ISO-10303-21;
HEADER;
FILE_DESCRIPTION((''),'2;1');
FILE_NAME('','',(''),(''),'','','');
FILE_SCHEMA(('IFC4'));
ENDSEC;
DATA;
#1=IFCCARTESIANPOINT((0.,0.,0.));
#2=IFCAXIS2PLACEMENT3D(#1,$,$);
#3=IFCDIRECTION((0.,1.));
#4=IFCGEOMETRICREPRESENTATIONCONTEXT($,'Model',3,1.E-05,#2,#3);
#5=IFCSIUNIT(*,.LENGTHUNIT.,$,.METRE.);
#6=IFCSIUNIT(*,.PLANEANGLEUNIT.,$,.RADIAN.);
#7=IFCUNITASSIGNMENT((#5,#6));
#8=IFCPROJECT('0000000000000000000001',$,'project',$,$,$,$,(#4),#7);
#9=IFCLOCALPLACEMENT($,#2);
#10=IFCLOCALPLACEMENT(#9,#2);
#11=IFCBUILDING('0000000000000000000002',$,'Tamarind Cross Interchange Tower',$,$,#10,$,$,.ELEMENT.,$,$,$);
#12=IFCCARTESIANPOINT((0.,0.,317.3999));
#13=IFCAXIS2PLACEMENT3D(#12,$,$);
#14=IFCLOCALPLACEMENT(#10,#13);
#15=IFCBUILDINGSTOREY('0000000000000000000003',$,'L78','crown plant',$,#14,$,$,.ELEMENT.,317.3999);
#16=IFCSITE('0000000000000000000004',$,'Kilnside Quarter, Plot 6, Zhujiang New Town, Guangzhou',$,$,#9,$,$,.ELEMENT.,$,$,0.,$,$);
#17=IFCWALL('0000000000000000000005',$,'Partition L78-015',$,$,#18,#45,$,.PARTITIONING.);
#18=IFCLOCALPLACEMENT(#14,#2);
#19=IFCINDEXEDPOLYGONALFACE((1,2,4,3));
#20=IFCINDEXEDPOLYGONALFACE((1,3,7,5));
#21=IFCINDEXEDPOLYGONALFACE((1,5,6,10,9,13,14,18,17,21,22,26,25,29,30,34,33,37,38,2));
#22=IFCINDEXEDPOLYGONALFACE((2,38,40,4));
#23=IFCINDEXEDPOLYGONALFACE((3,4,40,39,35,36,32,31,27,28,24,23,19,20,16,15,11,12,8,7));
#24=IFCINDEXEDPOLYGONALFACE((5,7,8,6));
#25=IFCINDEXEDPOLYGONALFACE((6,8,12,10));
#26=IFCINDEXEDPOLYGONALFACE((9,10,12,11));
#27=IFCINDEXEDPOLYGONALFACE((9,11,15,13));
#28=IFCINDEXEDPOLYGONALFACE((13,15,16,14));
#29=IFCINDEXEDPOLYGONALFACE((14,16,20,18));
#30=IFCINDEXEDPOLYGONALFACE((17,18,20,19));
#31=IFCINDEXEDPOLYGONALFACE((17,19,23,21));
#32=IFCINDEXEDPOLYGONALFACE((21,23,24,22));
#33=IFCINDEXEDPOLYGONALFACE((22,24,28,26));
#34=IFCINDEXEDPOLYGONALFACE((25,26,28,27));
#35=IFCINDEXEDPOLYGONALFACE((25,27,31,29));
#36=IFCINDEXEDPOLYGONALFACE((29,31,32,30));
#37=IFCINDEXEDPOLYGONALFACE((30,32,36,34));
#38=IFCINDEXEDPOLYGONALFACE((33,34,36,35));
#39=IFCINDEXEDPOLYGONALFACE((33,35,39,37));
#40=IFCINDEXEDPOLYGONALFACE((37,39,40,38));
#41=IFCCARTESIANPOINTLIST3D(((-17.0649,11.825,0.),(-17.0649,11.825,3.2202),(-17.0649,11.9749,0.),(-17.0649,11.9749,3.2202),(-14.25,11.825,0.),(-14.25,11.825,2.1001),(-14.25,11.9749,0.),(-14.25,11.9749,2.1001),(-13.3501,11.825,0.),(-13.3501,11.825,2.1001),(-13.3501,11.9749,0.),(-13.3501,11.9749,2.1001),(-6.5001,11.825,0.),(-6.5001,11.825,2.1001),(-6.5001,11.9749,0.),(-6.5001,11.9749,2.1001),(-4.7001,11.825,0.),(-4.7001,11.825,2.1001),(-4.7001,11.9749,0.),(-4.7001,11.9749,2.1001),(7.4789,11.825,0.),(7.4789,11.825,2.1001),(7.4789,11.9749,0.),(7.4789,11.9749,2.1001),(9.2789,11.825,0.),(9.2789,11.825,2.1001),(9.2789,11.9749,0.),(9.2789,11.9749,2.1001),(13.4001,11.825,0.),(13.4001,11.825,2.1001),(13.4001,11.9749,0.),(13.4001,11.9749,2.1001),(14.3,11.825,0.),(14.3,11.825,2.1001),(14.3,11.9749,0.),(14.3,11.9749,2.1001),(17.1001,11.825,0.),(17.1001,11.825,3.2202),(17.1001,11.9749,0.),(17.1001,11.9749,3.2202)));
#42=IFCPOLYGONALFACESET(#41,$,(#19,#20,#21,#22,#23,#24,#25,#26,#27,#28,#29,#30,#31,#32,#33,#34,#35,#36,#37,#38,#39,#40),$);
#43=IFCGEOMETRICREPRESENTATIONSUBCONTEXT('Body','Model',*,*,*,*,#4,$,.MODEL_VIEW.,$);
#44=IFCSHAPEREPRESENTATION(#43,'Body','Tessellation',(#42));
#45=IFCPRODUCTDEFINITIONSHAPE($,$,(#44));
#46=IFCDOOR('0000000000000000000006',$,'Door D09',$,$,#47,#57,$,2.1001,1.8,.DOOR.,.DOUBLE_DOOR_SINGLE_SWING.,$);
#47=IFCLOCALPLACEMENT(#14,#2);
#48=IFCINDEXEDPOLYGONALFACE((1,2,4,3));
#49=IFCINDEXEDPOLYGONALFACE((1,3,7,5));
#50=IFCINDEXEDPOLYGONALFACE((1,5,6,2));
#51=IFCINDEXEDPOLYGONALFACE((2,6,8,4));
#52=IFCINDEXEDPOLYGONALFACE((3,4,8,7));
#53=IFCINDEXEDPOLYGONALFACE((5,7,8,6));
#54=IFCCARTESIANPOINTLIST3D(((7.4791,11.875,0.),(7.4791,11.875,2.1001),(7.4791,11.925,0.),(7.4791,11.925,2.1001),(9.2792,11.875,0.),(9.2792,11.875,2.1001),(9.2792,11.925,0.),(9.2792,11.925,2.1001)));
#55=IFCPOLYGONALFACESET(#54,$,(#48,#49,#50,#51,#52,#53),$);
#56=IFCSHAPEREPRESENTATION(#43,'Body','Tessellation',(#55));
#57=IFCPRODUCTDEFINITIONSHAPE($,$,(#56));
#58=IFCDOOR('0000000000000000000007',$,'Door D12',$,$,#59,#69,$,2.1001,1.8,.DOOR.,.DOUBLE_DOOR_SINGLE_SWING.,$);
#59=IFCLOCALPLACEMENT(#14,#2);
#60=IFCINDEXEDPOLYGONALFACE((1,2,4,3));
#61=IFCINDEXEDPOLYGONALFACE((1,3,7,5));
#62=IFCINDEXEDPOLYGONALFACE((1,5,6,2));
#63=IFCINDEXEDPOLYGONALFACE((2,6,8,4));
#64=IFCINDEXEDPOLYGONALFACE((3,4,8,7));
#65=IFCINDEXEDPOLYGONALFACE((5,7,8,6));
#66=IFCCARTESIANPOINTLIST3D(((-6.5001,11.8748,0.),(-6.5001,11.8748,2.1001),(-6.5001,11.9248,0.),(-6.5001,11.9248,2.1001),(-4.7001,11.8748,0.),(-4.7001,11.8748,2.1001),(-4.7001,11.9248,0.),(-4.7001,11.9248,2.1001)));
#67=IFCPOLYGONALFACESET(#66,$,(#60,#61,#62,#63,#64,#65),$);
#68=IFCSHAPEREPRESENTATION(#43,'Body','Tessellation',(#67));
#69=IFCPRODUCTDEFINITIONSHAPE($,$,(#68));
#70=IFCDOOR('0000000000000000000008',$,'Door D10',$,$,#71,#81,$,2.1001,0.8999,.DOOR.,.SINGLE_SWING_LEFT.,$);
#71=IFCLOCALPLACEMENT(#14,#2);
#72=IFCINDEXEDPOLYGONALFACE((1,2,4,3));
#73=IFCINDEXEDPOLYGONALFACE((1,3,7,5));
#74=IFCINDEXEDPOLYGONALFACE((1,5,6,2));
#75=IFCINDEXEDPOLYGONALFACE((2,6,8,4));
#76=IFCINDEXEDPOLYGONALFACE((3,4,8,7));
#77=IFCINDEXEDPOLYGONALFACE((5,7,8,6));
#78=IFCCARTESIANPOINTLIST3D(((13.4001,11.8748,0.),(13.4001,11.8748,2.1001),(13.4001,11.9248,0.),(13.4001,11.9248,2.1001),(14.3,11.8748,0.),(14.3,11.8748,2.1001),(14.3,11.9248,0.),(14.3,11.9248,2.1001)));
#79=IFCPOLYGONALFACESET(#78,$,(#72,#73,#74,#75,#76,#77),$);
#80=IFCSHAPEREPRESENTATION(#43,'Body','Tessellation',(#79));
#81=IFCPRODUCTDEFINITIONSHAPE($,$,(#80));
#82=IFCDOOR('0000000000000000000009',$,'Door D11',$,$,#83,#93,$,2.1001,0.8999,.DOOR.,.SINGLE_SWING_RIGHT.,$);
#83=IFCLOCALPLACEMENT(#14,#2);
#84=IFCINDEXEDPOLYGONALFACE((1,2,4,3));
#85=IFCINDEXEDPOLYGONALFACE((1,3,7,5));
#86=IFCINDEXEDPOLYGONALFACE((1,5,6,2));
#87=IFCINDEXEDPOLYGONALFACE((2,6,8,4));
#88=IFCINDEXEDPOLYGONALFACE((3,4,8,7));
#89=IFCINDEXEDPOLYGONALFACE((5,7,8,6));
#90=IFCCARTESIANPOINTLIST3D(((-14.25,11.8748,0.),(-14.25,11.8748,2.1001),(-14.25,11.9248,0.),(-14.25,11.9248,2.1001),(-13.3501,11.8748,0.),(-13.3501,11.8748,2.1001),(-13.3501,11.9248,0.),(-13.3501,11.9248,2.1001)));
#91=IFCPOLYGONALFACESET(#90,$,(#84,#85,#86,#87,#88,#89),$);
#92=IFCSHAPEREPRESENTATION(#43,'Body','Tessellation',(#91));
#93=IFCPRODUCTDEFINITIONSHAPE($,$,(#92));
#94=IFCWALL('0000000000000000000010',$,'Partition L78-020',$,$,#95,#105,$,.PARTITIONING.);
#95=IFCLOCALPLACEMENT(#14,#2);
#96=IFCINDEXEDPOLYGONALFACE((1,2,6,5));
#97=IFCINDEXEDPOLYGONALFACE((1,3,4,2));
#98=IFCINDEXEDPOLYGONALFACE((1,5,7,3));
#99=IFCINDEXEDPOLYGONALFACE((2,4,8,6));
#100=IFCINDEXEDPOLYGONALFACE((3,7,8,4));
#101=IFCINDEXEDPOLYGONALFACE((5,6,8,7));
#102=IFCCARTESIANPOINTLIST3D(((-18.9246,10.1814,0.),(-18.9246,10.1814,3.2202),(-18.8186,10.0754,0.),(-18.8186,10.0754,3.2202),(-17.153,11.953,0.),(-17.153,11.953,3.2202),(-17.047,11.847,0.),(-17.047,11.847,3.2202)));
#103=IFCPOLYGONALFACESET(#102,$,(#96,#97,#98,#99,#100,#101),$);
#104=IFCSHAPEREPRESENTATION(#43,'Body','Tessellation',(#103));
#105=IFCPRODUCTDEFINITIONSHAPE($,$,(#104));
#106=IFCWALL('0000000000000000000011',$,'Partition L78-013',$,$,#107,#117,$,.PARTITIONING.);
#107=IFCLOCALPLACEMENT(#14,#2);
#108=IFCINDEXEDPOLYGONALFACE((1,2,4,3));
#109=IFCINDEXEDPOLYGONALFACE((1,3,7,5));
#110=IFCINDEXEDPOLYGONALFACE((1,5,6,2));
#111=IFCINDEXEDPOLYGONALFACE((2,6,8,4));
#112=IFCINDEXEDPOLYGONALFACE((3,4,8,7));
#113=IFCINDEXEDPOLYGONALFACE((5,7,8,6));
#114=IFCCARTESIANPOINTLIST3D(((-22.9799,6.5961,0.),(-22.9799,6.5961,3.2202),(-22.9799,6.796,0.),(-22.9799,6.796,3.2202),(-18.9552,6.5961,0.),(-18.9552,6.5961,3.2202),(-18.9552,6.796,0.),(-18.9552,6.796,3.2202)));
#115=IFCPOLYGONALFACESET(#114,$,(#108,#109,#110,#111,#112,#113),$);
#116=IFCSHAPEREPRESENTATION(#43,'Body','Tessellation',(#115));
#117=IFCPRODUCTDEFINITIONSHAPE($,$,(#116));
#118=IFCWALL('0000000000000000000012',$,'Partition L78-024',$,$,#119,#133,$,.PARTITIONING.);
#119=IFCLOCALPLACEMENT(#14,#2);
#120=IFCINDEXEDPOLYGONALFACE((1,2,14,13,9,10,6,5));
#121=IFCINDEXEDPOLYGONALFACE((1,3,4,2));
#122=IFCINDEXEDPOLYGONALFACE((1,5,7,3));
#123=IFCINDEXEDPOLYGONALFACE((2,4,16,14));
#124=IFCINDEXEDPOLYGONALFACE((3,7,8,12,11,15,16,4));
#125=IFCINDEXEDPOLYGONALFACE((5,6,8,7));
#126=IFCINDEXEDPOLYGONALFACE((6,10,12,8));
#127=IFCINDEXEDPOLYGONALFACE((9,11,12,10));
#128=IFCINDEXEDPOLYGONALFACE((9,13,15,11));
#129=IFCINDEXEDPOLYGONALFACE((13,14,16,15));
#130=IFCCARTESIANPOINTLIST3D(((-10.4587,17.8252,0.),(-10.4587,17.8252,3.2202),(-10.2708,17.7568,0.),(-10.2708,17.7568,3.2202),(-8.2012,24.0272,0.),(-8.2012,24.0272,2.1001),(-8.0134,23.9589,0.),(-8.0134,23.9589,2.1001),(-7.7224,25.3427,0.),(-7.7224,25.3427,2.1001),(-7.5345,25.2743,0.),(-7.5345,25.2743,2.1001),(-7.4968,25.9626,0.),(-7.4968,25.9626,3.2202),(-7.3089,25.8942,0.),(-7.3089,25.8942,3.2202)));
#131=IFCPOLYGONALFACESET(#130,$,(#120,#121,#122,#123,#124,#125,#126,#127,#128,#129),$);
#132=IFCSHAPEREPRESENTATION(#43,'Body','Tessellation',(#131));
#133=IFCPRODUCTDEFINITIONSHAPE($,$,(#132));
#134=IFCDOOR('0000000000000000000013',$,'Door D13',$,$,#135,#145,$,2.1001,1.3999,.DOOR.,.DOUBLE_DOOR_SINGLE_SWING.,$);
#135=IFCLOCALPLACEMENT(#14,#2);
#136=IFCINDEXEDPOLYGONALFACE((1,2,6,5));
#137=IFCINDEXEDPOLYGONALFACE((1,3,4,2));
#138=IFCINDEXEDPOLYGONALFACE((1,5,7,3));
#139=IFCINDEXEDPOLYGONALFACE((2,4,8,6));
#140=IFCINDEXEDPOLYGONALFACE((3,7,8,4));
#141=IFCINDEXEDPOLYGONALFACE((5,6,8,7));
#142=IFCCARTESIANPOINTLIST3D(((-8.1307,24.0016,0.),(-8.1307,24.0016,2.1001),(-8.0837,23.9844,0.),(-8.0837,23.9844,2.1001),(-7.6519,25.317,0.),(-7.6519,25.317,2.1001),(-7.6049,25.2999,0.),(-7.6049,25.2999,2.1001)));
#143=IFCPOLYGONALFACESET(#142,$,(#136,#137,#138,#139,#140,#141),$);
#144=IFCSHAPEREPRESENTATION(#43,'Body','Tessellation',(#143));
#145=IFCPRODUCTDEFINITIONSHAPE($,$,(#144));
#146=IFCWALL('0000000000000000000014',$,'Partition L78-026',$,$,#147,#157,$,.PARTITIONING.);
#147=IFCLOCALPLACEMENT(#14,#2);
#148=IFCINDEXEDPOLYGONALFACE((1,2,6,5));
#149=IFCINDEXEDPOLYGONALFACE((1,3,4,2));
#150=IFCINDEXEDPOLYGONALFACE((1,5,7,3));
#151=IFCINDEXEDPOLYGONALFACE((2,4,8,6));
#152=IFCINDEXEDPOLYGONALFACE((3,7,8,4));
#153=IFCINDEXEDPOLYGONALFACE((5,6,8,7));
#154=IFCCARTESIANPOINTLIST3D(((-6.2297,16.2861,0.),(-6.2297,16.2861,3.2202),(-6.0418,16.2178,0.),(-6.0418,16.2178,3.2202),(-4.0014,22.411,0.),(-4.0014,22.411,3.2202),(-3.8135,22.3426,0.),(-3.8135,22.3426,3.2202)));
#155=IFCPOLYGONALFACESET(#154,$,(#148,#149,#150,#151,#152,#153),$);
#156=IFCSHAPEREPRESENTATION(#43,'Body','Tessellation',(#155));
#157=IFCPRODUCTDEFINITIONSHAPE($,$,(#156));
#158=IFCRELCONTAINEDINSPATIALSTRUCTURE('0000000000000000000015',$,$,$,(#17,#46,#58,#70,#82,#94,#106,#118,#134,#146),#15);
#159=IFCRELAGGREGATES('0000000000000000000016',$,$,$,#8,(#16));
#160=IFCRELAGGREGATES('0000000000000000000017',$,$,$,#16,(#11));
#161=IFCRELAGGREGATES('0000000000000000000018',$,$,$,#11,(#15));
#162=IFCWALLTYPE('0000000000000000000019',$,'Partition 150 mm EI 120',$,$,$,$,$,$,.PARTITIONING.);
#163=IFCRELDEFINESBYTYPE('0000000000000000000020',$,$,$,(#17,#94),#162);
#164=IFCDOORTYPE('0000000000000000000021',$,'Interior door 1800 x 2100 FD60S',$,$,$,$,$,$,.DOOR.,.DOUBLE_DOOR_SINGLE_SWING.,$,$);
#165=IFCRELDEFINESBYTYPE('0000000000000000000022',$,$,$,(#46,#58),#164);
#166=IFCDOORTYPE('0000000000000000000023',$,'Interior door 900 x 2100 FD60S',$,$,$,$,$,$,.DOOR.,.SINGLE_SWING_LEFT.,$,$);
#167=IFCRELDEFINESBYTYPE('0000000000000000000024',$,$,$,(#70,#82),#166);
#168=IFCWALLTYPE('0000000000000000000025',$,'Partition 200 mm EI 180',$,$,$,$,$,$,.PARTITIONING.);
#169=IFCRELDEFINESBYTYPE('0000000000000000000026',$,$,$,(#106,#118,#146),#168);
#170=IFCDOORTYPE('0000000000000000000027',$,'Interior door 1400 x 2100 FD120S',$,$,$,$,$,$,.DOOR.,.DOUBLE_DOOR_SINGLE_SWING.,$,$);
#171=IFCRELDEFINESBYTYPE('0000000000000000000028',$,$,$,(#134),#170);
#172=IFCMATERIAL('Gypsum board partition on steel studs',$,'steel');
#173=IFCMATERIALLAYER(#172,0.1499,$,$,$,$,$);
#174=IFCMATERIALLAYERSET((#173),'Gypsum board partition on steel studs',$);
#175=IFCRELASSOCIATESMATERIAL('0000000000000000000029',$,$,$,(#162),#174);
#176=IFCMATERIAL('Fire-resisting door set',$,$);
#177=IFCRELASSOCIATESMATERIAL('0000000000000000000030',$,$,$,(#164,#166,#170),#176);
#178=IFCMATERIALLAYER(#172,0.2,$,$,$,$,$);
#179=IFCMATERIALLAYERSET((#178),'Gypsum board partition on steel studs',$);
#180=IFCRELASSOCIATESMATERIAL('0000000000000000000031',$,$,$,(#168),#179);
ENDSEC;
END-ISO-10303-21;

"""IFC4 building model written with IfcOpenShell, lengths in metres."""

from ifc_helpers import new_model, si_unit, direction, frame, frame_2d, origin, place, context, subcontext, project, spatial, rectangle, extrude, material, layer, layer_set, type_object, element, fill, save


model = new_model("IFC4")

# Units and contexts
model_context = context("Model", 3, precision=1e-05, world=origin(), true_north=direction((0.0, 1.0)))
body_context = subcontext(model_context, "Body", "Model", "MODEL_VIEW")
ifc_project = project(units=[si_unit("LENGTHUNIT", "METRE"), si_unit("PLANEANGLEUNIT", "RADIAN")], contexts=[model_context])

# Site, building, storey
site_placement = place(None, origin())
site = spatial("IfcSite", under=ifc_project, at=site_placement, Name="Kilnside Quarter, Plot 6, Zhujiang New Town, Guangzhou", CompositionType="ELEMENT", RefElevation=0.0)
building_placement = place(site_placement, origin())
building = spatial("IfcBuilding", under=site, at=building_placement, Name="Tamarind Cross Interchange Tower", CompositionType="ELEMENT")
storey_placement = place(building_placement, frame((0.0, 0.0, 317.3999)))
storey = spatial("IfcBuildingStorey", under=building, at=storey_placement, Name="L78", Description="crown plant", CompositionType="ELEMENT", Elevation=317.3999)

# Shared definitions
ifc_material_1 = material(Name="Gypsum board partition on steel studs", Category="steel")
ifc_layer_1 = layer(ifc_material_1, 0.1499)
ifc_layer_set_1 = layer_set([ifc_layer_1], Name="Gypsum board partition on steel studs")
wall_type_1 = type_object("IfcWallType", Name="Partition 150 mm EI 120", PredefinedType="PARTITIONING", material=ifc_layer_set_1)

# Wall, openings, doors
wall_1_placement = place(storey_placement, frame((-17.0649, 11.8999, 0.0), z_axis=(0.0, 0.0, 1.0), x_axis=(1.0, 0.0, 0.0)))
wall_1 = element("IfcWall", 1, at=wall_1_placement, inside=storey, type_object=wall_type_1, Name="Partition L78-015", PredefinedType="PARTITIONING", context=body_context, shape_type="SweptSolid", body=[
    extrude(rectangle(XDim=34.165, YDim=0.1499, at=frame_2d((17.0825, 0.0))), origin(), (0.0, 0.0, 1.0), 3.2202),
])
opening_1_placement = place(wall_1_placement, frame((24.5439, 0.0, 0.0)))
opening_1 = element("IfcOpeningElement", 2, at=opening_1_placement, cuts=wall_1, PredefinedType="OPENING", context=body_context, shape_type="SweptSolid", body=[
    extrude(rectangle(XDim=1.8, YDim=2.1001, at=frame_2d((0.8999, 1.05))), frame((0.0, 0.085, 0.0), z_axis=(0.0, -1.0, 0.0), x_axis=(1.0, 0.0, 0.0)), (0.0, 0.0, 1.0), 0.1699),
])
opening_2_placement = place(wall_1_placement, frame((30.4651, 0.0, 0.0)))
opening_2 = element("IfcOpeningElement", 3, at=opening_2_placement, cuts=wall_1, PredefinedType="OPENING", context=body_context, shape_type="SweptSolid", body=[
    extrude(rectangle(XDim=0.8999, YDim=2.1001, at=frame_2d((0.45, 1.05))), frame((0.0, 0.085, 0.0), z_axis=(0.0, -1.0, 0.0), x_axis=(1.0, 0.0, 0.0)), (0.0, 0.0, 1.0), 0.1699),
])
opening_3_placement = place(wall_1_placement, frame((2.8149, 0.0, 0.0)))
opening_3 = element("IfcOpeningElement", 4, at=opening_3_placement, cuts=wall_1, PredefinedType="OPENING", context=body_context, shape_type="SweptSolid", body=[
    extrude(rectangle(XDim=0.8999, YDim=2.1001, at=frame_2d((0.45, 1.05))), frame((0.0, 0.085, 0.0), z_axis=(0.0, -1.0, 0.0), x_axis=(1.0, 0.0, 0.0)), (0.0, 0.0, 1.0), 0.1699),
])
opening_4_placement = place(wall_1_placement, frame((10.5649, 0.0, 0.0)))
opening_4 = element("IfcOpeningElement", 5, at=opening_4_placement, cuts=wall_1, PredefinedType="OPENING", context=body_context, shape_type="SweptSolid", body=[
    extrude(rectangle(XDim=1.8, YDim=2.1001, at=frame_2d((0.8999, 1.05))), frame((0.0, 0.085, 0.0), z_axis=(0.0, -1.0, 0.0), x_axis=(1.0, 0.0, 0.0)), (0.0, 0.0, 1.0), 0.1699),
])
ifc_material_2 = material(Name="Fire-resisting door set")
door_type_1 = type_object("IfcDoorType", Name="Interior door 1800 x 2100 FD60S", OperationType="DOUBLE_DOOR_SINGLE_SWING", PredefinedType="DOOR", material=ifc_material_2)
door_1_placement = place(opening_1_placement, frame((1.8, 0.0, 0.0), z_axis=(0.0, 0.0, 1.0), x_axis=(-1.0, 0.0, 0.0)))
door_1 = element("IfcDoor", 6, at=door_1_placement, inside=storey, type_object=door_type_1, Name="Door D09", OperationType="DOUBLE_DOOR_SINGLE_SWING", OverallHeight=2.1001, OverallWidth=1.8, PredefinedType="DOOR", context=body_context, shape_type="SweptSolid", body=[
    extrude(rectangle(XDim=1.8, YDim=2.1001, at=frame_2d((0.8999, 1.05))), frame((0.0, 0.0249, 0.0), z_axis=(0.0, -1.0, 0.0), x_axis=(1.0, 0.0, 0.0)), (0.0, 0.0, 1.0), 0.05),
])
fill(opening_1, door_1)
door_2_placement = place(opening_4_placement, origin())
door_2 = element("IfcDoor", 7, at=door_2_placement, inside=storey, type_object=door_type_1, Name="Door D12", OperationType="DOUBLE_DOOR_SINGLE_SWING", OverallHeight=2.1001, OverallWidth=1.8, PredefinedType="DOOR", context=body_context, shape_type="SweptSolid", body=[
    extrude(rectangle(XDim=1.8, YDim=2.1001, at=frame_2d((0.8999, 1.05))), frame((0.0, 0.0249, 0.0), z_axis=(0.0, -1.0, 0.0), x_axis=(1.0, 0.0, 0.0)), (0.0, 0.0, 1.0), 0.05),
])
fill(opening_4, door_2)
door_type_2 = type_object("IfcDoorType", Name="Interior door 900 x 2100 FD60S", OperationType="SINGLE_SWING_LEFT", PredefinedType="DOOR", material=ifc_material_2)
door_3_placement = place(opening_2_placement, origin())
door_3 = element("IfcDoor", 8, at=door_3_placement, inside=storey, type_object=door_type_2, Name="Door D10", OperationType="SINGLE_SWING_LEFT", OverallHeight=2.1001, OverallWidth=0.8999, PredefinedType="DOOR", context=body_context, shape_type="SweptSolid", body=[
    extrude(rectangle(XDim=0.8999, YDim=2.1001, at=frame_2d((0.45, 1.05))), frame((0.0, 0.0249, 0.0), z_axis=(0.0, -1.0, 0.0), x_axis=(1.0, 0.0, 0.0)), (0.0, 0.0, 1.0), 0.05),
])
fill(opening_2, door_3)
door_4_placement = place(opening_3_placement, origin())
door_4 = element("IfcDoor", 9, at=door_4_placement, inside=storey, type_object=door_type_2, Name="Door D11", OperationType="SINGLE_SWING_RIGHT", OverallHeight=2.1001, OverallWidth=0.8999, PredefinedType="DOOR", context=body_context, shape_type="SweptSolid", body=[
    extrude(rectangle(XDim=0.8999, YDim=2.1001, at=frame_2d((0.45, 1.05))), frame((0.0, 0.0249, 0.0), z_axis=(0.0, -1.0, 0.0), x_axis=(1.0, 0.0, 0.0)), (0.0, 0.0, 1.0), 0.05),
])
fill(opening_3, door_4)

# Walls
wall_2_placement = place(storey_placement, frame((-18.8716, 10.1284, 0.0), z_axis=(0.0, 0.0, 1.0), x_axis=(0.707107, 0.707107, 0.0)))
element("IfcWall", 10, at=wall_2_placement, inside=storey, type_object=wall_type_1, Name="Partition L78-020", PredefinedType="PARTITIONING", context=body_context, shape_type="SweptSolid", body=[
    extrude(rectangle(XDim=2.5054, YDim=0.1499, at=frame_2d((1.2527, 0.0))), origin(), (0.0, 0.0, 1.0), 3.2202),
])
ifc_layer_2 = layer(ifc_material_1, 0.2)
ifc_layer_set_2 = layer_set([ifc_layer_2], Name="Gypsum board partition on steel studs")
wall_type_2 = type_object("IfcWallType", Name="Partition 200 mm EI 180", PredefinedType="PARTITIONING", material=ifc_layer_set_2)
wall_3_placement = place(storey_placement, frame((-22.9797, 6.696, 0.0), z_axis=(0.0, 0.0, 1.0), x_axis=(1.0, 0.0, 0.0)))
element("IfcWall", 11, at=wall_3_placement, inside=storey, type_object=wall_type_2, Name="Partition L78-013", PredefinedType="PARTITIONING", context=body_context, shape_type="SweptSolid", body=[
    extrude(rectangle(XDim=4.0247, YDim=0.2, at=frame_2d((2.0122, 0.0))), origin(), (0.0, 0.0, 1.0), 3.2202),
])

# Wall, opening, door
wall_4_placement = place(storey_placement, frame((-10.3647, 17.791, 0.0), z_axis=(0.0, 0.0, 1.0), x_axis=(0.342033, 0.939688, 0.0)))
wall_4 = element("IfcWall", 12, at=wall_4_placement, inside=storey, type_object=wall_type_2, Name="Partition L78-024", PredefinedType="PARTITIONING", context=body_context, shape_type="SweptSolid", body=[
    extrude(rectangle(XDim=8.6597, YDim=0.2, at=frame_2d((4.3298, 0.0))), origin(), (0.0, 0.0, 1.0), 3.2202),
])
opening_5_placement = place(wall_4_placement, frame((6.6001, 0.0, 0.0)))
opening_5 = element("IfcOpeningElement", 13, at=opening_5_placement, cuts=wall_4, PredefinedType="OPENING", context=body_context, shape_type="SweptSolid", body=[
    extrude(rectangle(XDim=1.3999, YDim=2.1001, at=frame_2d((0.7, 1.05))), frame((0.0, 0.1099, 0.0), z_axis=(0.0, -1.0, 0.0), x_axis=(1.0, 0.0, 0.0)), (0.0, 0.0, 1.0), 0.22),
])
door_type_3 = type_object("IfcDoorType", Name="Interior door 1400 x 2100 FD120S", OperationType="DOUBLE_DOOR_SINGLE_SWING", PredefinedType="DOOR", material=ifc_material_2)
door_5_placement = place(opening_5_placement, origin())
door_5 = element("IfcDoor", 14, at=door_5_placement, inside=storey, type_object=door_type_3, Name="Door D13", OperationType="DOUBLE_DOOR_SINGLE_SWING", OverallHeight=2.1001, OverallWidth=1.3999, PredefinedType="DOOR", context=body_context, shape_type="SweptSolid", body=[
    extrude(rectangle(XDim=1.3999, YDim=2.1001, at=frame_2d((0.7, 1.05))), frame((0.0, 0.0249, 0.0), z_axis=(0.0, -1.0, 0.0), x_axis=(1.0, 0.0, 0.0)), (0.0, 0.0, 1.0), 0.05),
])
fill(opening_5, door_5)

# Wall
wall_5_placement = place(storey_placement, frame((-6.1357, 16.252, 0.0), z_axis=(0.0, 0.0, 1.0), x_axis=(0.34189, 0.93974, 0.0)))
element("IfcWall", 15, at=wall_5_placement, inside=storey, type_object=wall_type_2, Name="Partition L78-026", PredefinedType="PARTITIONING", context=body_context, shape_type="SweptSolid", body=[
    extrude(rectangle(XDim=6.5176, YDim=0.2, at=frame_2d((3.2588, 0.0))), origin(), (0.0, 0.0, 1.0), 3.2202),
])

save(model, "model.ifc")
